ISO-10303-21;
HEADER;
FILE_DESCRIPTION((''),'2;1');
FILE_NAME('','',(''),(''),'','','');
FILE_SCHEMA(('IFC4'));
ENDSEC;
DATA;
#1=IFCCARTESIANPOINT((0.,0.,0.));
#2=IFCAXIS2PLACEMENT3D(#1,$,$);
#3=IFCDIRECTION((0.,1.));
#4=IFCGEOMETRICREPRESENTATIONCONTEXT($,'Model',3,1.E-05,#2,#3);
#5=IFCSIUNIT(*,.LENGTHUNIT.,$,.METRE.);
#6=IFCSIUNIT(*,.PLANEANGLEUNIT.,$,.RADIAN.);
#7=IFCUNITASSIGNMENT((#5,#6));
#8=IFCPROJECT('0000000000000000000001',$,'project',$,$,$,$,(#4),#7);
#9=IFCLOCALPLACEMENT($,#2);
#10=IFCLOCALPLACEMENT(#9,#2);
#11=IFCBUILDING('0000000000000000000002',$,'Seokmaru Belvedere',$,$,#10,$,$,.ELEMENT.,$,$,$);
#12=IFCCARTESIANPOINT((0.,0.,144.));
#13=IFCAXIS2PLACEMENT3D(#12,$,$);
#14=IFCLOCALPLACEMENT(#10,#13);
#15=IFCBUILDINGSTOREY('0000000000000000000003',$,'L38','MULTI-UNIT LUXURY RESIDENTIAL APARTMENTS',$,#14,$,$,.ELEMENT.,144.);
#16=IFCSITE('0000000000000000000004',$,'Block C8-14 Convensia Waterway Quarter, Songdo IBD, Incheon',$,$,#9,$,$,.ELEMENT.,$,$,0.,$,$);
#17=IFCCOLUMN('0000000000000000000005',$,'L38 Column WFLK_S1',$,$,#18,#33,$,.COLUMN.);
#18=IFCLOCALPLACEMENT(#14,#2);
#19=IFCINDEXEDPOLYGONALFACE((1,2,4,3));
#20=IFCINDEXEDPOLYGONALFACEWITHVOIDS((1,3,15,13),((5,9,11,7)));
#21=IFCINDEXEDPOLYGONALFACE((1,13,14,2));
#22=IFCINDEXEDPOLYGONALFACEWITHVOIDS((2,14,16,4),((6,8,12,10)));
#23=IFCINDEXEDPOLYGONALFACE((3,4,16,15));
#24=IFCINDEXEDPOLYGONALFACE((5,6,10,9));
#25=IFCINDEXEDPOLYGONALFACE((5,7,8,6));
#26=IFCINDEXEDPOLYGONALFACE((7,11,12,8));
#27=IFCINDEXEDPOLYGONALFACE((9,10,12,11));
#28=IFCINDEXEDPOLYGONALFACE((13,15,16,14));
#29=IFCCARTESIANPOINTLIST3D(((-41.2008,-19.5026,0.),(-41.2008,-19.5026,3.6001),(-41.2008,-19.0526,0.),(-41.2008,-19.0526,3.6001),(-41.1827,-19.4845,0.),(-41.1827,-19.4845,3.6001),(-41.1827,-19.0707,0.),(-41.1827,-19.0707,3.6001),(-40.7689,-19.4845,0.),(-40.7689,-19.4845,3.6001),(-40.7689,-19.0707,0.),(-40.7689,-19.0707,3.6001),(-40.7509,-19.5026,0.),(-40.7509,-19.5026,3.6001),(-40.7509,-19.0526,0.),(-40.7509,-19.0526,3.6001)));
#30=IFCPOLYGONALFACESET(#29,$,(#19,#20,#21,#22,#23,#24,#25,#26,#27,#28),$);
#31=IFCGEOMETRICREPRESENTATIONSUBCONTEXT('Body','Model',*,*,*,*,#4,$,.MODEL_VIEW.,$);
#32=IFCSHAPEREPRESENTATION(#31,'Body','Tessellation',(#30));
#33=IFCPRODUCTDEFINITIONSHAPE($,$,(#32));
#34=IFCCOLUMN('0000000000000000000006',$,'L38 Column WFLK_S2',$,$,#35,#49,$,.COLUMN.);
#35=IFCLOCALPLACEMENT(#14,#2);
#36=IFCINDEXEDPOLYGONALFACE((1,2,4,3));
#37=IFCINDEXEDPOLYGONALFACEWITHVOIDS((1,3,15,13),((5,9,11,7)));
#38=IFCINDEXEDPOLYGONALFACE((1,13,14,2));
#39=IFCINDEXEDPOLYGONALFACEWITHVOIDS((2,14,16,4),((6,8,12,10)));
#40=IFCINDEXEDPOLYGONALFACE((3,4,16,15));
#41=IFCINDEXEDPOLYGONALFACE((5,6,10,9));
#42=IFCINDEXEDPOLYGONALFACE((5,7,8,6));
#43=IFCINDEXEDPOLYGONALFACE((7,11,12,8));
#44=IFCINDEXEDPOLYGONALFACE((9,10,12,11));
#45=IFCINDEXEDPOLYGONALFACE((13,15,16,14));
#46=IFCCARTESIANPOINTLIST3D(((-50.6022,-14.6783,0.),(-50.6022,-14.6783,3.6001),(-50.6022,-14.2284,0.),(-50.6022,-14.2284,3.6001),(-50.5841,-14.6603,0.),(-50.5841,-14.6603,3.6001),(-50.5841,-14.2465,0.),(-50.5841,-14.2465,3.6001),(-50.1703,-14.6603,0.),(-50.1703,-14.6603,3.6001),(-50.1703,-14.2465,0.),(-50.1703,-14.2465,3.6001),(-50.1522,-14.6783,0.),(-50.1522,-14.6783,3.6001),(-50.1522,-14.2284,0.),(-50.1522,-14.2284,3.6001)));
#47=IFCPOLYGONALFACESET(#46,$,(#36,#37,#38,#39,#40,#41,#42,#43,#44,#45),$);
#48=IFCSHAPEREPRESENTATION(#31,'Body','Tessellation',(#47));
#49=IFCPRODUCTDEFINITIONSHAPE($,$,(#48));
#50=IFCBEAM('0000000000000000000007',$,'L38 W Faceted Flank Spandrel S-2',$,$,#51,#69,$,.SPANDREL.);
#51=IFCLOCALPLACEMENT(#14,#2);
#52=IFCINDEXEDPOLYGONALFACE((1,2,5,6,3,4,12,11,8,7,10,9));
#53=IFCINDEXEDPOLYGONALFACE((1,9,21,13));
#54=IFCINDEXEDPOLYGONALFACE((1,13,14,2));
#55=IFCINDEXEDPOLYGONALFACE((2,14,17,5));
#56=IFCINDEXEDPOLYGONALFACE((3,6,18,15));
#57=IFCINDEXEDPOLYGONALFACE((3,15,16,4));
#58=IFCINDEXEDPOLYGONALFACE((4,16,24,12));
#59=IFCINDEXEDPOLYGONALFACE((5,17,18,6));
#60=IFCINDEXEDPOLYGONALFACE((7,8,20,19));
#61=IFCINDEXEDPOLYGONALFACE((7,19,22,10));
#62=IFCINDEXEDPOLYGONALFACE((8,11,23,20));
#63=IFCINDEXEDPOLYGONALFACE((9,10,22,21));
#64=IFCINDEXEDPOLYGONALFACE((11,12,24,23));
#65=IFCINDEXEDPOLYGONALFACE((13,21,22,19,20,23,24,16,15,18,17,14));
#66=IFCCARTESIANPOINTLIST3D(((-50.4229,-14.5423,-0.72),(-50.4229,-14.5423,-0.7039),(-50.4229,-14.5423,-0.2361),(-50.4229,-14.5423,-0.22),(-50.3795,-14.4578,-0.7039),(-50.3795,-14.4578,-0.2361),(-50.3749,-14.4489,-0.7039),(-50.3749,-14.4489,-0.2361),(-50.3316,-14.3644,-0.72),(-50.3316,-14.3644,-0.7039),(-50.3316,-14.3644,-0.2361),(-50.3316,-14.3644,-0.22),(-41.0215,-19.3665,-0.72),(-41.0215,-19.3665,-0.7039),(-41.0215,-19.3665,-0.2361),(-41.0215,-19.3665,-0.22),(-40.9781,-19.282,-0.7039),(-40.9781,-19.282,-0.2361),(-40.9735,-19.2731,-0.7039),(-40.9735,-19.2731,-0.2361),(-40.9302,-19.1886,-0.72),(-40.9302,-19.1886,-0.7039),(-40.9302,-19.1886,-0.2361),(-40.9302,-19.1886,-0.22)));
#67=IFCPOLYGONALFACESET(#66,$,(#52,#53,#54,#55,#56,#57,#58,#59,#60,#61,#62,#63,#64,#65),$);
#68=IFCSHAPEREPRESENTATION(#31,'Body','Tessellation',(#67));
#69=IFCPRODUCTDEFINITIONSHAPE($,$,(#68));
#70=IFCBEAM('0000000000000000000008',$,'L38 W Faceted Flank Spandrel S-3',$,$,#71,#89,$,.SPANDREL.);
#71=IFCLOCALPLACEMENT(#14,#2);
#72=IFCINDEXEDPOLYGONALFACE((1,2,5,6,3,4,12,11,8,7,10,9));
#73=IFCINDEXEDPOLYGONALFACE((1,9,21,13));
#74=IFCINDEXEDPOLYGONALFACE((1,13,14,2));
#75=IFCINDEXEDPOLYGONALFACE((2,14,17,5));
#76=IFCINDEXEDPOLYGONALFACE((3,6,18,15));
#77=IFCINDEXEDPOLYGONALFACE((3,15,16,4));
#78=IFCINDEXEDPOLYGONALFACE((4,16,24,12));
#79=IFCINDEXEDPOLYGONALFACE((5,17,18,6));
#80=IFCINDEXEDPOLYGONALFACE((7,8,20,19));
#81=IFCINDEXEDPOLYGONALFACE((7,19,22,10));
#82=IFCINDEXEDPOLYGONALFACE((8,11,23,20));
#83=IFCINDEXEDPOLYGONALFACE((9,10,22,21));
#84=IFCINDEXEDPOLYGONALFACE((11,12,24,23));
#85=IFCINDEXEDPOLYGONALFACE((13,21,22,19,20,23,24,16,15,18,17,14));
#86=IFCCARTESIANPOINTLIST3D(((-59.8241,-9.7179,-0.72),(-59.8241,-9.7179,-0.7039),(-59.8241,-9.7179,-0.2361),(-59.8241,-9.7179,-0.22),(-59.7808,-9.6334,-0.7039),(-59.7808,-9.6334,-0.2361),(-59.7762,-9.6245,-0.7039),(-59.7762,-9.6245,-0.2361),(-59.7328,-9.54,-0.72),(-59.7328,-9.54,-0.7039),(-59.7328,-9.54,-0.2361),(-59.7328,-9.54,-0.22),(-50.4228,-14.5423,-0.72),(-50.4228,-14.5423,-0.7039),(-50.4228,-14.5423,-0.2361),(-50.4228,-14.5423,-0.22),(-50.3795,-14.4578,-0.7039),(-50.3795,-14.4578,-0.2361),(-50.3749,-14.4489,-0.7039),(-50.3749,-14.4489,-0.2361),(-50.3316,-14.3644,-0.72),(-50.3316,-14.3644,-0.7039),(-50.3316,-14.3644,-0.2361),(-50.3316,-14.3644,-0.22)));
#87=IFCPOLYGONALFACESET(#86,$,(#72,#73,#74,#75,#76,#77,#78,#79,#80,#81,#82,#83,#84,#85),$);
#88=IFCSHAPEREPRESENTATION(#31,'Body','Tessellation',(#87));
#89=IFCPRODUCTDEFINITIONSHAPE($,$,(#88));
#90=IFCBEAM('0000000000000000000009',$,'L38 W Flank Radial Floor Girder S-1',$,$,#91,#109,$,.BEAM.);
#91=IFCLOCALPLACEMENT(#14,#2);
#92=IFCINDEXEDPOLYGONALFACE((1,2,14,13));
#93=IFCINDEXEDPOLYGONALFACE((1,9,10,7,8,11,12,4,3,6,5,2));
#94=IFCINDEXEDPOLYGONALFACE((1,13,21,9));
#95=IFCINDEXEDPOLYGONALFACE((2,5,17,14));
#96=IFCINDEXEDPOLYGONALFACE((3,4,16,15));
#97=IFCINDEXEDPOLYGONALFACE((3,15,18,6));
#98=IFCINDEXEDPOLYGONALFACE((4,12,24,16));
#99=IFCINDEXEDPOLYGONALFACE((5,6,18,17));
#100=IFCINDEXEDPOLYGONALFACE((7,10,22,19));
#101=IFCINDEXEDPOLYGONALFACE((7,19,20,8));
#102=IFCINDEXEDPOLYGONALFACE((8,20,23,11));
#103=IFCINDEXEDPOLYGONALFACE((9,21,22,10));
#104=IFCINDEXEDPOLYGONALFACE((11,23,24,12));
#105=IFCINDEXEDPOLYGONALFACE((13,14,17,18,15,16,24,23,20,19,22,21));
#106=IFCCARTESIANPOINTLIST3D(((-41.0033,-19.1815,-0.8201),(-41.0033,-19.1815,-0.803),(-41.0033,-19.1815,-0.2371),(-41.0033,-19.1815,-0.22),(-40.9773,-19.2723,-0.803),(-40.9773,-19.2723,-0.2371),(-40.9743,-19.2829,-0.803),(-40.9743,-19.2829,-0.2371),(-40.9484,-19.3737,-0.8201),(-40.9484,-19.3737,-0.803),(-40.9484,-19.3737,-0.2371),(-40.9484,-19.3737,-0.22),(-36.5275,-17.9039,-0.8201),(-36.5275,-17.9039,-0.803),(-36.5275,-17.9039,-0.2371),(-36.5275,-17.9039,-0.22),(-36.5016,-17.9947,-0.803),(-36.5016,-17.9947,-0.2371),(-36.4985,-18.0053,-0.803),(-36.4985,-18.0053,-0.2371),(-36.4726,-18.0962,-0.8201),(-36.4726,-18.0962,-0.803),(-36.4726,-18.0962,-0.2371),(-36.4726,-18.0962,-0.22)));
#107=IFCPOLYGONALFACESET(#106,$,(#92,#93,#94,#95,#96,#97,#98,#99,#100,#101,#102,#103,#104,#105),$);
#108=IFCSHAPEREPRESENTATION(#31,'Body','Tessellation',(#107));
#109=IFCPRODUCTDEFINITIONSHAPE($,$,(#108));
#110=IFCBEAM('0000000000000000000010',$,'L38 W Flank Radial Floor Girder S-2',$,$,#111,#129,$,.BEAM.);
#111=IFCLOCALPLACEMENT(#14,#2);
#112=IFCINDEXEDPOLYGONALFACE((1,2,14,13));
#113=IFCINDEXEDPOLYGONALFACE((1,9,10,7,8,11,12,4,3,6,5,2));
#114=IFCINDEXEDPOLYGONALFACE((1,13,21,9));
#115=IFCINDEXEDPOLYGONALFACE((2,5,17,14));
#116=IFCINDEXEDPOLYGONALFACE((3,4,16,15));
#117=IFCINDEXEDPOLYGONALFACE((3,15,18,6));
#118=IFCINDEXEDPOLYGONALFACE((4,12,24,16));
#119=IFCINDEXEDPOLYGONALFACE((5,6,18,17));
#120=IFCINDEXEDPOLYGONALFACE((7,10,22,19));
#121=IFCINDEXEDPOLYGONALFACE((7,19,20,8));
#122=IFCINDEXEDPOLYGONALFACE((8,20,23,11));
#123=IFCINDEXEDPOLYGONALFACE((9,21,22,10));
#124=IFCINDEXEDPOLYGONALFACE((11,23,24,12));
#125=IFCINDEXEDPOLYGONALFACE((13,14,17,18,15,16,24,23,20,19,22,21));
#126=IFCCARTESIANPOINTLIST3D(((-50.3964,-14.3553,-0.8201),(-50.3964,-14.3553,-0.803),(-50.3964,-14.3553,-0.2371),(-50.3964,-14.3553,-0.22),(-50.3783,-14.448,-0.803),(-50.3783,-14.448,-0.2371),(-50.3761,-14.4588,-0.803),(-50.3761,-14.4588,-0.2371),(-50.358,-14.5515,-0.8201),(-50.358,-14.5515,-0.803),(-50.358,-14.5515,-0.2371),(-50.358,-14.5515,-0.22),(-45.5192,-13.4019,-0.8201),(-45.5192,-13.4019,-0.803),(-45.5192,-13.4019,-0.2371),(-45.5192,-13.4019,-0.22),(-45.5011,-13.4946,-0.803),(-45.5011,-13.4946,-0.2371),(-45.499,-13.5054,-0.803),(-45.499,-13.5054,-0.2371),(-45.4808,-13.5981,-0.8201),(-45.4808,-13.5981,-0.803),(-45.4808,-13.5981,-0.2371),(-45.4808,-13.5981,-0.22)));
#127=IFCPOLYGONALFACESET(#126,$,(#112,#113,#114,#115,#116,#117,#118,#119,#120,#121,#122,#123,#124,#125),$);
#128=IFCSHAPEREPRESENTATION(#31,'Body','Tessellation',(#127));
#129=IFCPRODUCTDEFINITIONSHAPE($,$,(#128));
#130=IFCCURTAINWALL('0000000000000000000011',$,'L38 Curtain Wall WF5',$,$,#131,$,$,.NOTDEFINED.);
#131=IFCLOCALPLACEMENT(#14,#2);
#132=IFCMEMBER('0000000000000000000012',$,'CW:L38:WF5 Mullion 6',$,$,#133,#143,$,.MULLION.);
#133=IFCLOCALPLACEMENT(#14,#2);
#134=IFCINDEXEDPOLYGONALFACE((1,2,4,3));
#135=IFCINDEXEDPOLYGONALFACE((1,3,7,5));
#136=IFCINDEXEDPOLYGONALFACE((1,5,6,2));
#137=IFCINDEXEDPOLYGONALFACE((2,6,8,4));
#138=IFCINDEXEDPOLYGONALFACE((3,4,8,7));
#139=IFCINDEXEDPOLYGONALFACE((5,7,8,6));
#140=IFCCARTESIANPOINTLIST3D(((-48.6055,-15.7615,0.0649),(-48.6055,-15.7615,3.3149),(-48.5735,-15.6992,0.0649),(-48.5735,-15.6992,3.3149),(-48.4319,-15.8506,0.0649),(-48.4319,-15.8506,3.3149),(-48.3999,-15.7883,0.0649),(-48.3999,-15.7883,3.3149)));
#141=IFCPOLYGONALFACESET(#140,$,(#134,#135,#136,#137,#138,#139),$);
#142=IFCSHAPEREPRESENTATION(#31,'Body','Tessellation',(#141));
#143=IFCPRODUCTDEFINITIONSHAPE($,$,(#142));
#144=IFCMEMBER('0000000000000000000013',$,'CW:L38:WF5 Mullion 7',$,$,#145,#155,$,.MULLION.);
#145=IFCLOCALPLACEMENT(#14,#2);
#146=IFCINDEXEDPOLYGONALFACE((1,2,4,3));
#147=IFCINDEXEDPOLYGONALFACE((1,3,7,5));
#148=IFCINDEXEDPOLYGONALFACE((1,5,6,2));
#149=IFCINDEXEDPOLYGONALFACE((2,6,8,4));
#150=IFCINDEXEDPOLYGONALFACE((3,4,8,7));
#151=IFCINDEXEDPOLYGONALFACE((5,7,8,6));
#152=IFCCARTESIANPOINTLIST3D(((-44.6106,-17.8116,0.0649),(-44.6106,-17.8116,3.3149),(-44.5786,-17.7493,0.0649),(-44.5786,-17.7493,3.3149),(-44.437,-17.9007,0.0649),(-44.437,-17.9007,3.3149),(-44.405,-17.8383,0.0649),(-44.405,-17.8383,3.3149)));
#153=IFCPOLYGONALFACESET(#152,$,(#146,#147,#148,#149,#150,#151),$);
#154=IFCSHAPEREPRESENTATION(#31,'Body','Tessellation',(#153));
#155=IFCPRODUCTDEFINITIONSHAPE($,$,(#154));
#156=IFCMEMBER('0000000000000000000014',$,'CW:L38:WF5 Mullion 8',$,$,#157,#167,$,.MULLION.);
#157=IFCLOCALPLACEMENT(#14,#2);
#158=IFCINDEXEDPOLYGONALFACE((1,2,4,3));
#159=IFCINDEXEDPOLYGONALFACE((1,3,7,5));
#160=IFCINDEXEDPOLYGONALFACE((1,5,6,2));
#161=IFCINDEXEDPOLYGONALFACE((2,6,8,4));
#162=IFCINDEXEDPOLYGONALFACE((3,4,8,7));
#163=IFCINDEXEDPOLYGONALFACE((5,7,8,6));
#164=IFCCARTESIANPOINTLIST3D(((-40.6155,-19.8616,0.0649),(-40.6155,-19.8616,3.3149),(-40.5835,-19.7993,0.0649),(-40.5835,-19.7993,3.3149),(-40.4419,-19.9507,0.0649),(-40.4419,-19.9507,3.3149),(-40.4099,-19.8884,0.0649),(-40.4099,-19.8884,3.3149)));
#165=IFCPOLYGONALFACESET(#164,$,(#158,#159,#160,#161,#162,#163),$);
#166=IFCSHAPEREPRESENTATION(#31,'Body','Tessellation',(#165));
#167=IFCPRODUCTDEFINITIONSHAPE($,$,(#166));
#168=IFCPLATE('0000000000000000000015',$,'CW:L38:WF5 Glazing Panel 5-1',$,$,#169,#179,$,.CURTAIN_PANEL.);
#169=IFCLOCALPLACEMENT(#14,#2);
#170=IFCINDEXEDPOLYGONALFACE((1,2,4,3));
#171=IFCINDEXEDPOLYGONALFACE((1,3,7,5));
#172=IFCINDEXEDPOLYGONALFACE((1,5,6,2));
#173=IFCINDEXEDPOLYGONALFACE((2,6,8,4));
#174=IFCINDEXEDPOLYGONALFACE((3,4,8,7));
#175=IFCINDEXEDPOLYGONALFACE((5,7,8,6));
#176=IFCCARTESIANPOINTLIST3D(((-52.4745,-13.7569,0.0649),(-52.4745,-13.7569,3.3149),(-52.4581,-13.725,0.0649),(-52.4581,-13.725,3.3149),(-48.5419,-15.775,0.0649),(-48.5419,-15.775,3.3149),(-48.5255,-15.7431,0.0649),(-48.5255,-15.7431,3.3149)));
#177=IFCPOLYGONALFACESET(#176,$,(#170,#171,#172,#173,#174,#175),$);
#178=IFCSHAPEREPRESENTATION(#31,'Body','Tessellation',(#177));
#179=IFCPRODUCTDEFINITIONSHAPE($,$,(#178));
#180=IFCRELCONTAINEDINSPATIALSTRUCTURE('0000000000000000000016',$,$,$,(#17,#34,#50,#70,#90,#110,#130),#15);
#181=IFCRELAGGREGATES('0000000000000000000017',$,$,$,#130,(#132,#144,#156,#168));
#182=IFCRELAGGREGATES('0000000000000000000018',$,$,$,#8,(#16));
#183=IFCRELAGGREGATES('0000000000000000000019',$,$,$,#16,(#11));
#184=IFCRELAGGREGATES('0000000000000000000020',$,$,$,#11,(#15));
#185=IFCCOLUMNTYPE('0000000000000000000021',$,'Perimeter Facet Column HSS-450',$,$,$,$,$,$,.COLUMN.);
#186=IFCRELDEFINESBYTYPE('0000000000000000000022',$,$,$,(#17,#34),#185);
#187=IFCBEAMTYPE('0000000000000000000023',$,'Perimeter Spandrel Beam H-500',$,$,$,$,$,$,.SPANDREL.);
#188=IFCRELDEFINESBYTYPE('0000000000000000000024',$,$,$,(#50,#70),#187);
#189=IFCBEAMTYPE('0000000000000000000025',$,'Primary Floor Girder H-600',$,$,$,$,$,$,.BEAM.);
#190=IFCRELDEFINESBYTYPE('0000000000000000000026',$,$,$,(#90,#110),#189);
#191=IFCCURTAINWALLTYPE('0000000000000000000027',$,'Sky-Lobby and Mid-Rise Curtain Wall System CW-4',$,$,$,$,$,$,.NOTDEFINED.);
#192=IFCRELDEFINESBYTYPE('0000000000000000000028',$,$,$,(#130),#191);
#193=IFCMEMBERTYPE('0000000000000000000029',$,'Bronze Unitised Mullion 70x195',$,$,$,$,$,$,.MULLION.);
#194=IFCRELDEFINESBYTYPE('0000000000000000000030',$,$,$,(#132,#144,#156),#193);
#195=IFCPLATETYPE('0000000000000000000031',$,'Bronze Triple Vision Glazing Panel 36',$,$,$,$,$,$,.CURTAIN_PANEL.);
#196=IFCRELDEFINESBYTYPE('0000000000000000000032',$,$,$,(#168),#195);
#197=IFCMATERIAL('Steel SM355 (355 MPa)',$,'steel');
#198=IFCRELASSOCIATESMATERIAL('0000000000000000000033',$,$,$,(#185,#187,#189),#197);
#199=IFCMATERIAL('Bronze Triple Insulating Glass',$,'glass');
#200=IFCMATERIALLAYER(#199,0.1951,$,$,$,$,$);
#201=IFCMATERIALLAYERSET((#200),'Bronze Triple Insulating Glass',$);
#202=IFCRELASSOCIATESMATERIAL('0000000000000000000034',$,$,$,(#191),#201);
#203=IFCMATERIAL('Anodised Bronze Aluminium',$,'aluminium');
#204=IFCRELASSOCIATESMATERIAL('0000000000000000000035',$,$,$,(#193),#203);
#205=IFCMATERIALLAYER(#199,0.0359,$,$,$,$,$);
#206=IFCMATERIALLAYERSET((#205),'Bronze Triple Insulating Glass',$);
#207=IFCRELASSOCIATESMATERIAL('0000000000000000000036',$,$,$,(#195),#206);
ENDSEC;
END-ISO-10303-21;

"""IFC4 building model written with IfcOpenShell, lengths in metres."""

from ifc_helpers import new_model, si_unit, direction, frame, origin, origin_2d, place, context, subcontext, project, spatial, rectangle, hollow_rectangle, i_section, extrude, source, transform, mapped, material, layer, layer_set, material_profile, profile_set, type_object, type_shapes, element, aggregate, save


model = new_model("IFC4")

# Units and contexts
model_context = context("Model", 3, precision=1e-05, world=origin(), true_north=direction((0.0, 1.0)))
body_context = subcontext(model_context, "Body", "Model", "MODEL_VIEW")
ifc_project = project(units=[si_unit("LENGTHUNIT", "METRE"), si_unit("PLANEANGLEUNIT", "RADIAN")], contexts=[model_context])

# Site, building, storey
site_placement = place(None, origin())
site = spatial("IfcSite", under=ifc_project, at=site_placement, Name="Block C8-14 Convensia Waterway Quarter, Songdo IBD, Incheon", CompositionType="ELEMENT", RefElevation=0.0)
building_placement = place(site_placement, origin())
building = spatial("IfcBuilding", under=site, at=building_placement, Name="Seokmaru Belvedere", CompositionType="ELEMENT")
storey_placement = place(building_placement, frame((0.0, 0.0, 144.0)))
storey = spatial("IfcBuildingStorey", under=building, at=storey_placement, Name="L38", Description="MULTI-UNIT LUXURY RESIDENTIAL APARTMENTS", CompositionType="ELEMENT", Elevation=144.0)

# Columns
ifc_material_1 = material(Name="Steel SM355 (355 MPa)", Category="steel")
ifc_material_profile_1 = material_profile(ifc_material_1, hollow_rectangle(XDim=0.45, YDim=0.45, WallThickness=0.0181, at=origin_2d()), Name="HSS-450x450x18")
ifc_profile_set_1 = profile_set([ifc_material_profile_1], Name="Steel SM355 (355 MPa)")
column_type = type_object("IfcColumnType", Name="Perimeter Facet Column HSS-450", PredefinedType="COLUMN", material=ifc_profile_set_1)
shared_shape_1 = source(origin(), body_context, "Body", "SweptSolid", [
    extrude(hollow_rectangle(XDim=0.45, YDim=0.45, WallThickness=0.0181, at=origin_2d()), origin(), (0.0, 0.0, 1.0), 3.6001),
])
type_shapes(column_type, [shared_shape_1])
for number, where, z_axis, x_axis, name in (
    (1, (-40.9758, -19.2776, 0.0), (0.0, 0.0, 1.0), (1.0, 0.0, 0.0), "L38 Column WFLK_S1"),
    (2, (-50.3772, -14.4534, 0.0), (0.0, 0.0, 1.0), (1.0, 0.0, 0.0), "L38 Column WFLK_S2"),
):
    element("IfcColumn", number, at=place(storey_placement, frame(where, z_axis=z_axis, x_axis=x_axis)), inside=storey, type_object=column_type, Name=name, PredefinedType="COLUMN", context=body_context, shape_type="MappedRepresentation", body=[
        mapped(shared_shape_1, transform((0.0, 0.0, 0.0), scale=1.0)),
    ])

# Beams
ifc_material_profile_2 = material_profile(ifc_material_1, i_section(OverallWidth=0.2, OverallDepth=0.5, WebThickness=0.01, FlangeThickness=0.0161, at=origin_2d()), Name="H-500x200x10x16")
ifc_profile_set_2 = profile_set([ifc_material_profile_2], Name="Steel SM355 (355 MPa)")
beam_type_1 = type_object("IfcBeamType", Name="Perimeter Spandrel Beam H-500", PredefinedType="SPANDREL", material=ifc_profile_set_2)
shared_shape_2 = source(origin(), body_context, "Body", "SweptSolid", [
    extrude(i_section(OverallWidth=0.2, OverallDepth=0.5, WebThickness=0.01, FlangeThickness=0.0161, at=origin_2d()), origin(), (0.0, 0.0, 1.0), 10.5669),
])
type_shapes(beam_type_1, [shared_shape_2])
for number, where, z_axis, x_axis, name in (
    (3, (-40.9758, -19.2776, -0.47), (-0.889702, 0.456542, 0.0), (-0.456542, -0.889702, 0.0), "L38 W Faceted Flank Spandrel S-2"),
    (4, (-50.3772, -14.4534, -0.47), (-0.889693, 0.45656, 0.0), (-0.45656, -0.889693, 0.0), "L38 W Faceted Flank Spandrel S-3"),
):
    element("IfcBeam", number, at=place(storey_placement, frame(where, z_axis=z_axis, x_axis=x_axis)), inside=storey, type_object=beam_type_1, Name=name, PredefinedType="SPANDREL", context=body_context, shape_type="MappedRepresentation", body=[
        mapped(shared_shape_2, transform((0.0, 0.0, 0.0), scale=1.0)),
    ])
ifc_material_profile_3 = material_profile(ifc_material_1, i_section(OverallWidth=0.2, OverallDepth=0.6001, WebThickness=0.011, FlangeThickness=0.0171, at=origin_2d()), Name="H-600x200x11x17")
ifc_profile_set_3 = profile_set([ifc_material_profile_3], Name="Steel SM355 (355 MPa)")
beam_type_2 = type_object("IfcBeamType", Name="Primary Floor Girder H-600", PredefinedType="BEAM", material=ifc_profile_set_3)
shared_shape_3 = source(origin(), body_context, "Body", "SweptSolid", [
    extrude(i_section(OverallWidth=0.2, OverallDepth=0.6001, WebThickness=0.011, FlangeThickness=0.0171, at=origin_2d()), origin(), (0.0, 0.0, 1.0), 4.6545),
])
beam_1_placement = place(storey_placement, frame((-40.9758, -19.2776, -0.52), z_axis=(0.961593, 0.274479, 0.0), x_axis=(-0.274479, 0.961593, 0.0)))
element("IfcBeam", 5, at=beam_1_placement, inside=storey, type_object=beam_type_2, Name="L38 W Flank Radial Floor Girder S-1", PredefinedType="BEAM", context=body_context, shape_type="MappedRepresentation", body=[
    mapped(shared_shape_3, transform((0.0, 0.0, 0.0), scale=1.0)),
])
shared_shape_4 = source(origin(), body_context, "Body", "SweptSolid", [
    extrude(i_section(OverallWidth=0.2, OverallDepth=0.6001, WebThickness=0.011, FlangeThickness=0.0171, at=origin_2d()), origin(), (0.0, 0.0, 1.0), 4.9695),
])
type_shapes(beam_type_2, [shared_shape_3, shared_shape_4])
beam_2_placement = place(storey_placement, frame((-50.3772, -14.4534, -0.52), z_axis=(0.981425, 0.191844, 0.0), x_axis=(-0.191844, 0.981425, 0.0)))
element("IfcBeam", 6, at=beam_2_placement, inside=storey, type_object=beam_type_2, Name="L38 W Flank Radial Floor Girder S-2", PredefinedType="BEAM", context=body_context, shape_type="MappedRepresentation", body=[
    mapped(shared_shape_4, transform((0.0, 0.0, 0.0), scale=1.0)),
])

# Curtain wall, members, plate
ifc_material_2 = material(Name="Bronze Triple Insulating Glass", Category="glass")
ifc_layer_1 = layer(ifc_material_2, 0.1951)
ifc_layer_set_1 = layer_set([ifc_layer_1], Name="Bronze Triple Insulating Glass")
curtain_wall_type = type_object("IfcCurtainWallType", Name="Sky-Lobby and Mid-Rise Curtain Wall System CW-4", PredefinedType="NOTDEFINED", material=ifc_layer_set_1)
curtain_wall_placement = place(storey_placement, origin())
curtain_wall = element("IfcCurtainWall", 7, at=curtain_wall_placement, inside=storey, type_object=curtain_wall_type, Name="L38 Curtain Wall WF5", PredefinedType="NOTDEFINED")
ifc_material_3 = material(Name="Anodised Bronze Aluminium", Category="aluminium")
ifc_material_profile_4 = material_profile(ifc_material_3, rectangle(XDim=0.0701, YDim=0.1951, at=origin_2d()), Name="CW-M-70x195")
ifc_profile_set_4 = profile_set([ifc_material_profile_4], Name="Anodised Bronze Aluminium")
member_type = type_object("IfcMemberType", Name="Bronze Unitised Mullion 70x195", PredefinedType="MULLION", material=ifc_profile_set_4)
shared_shape_5 = source(origin(), body_context, "Body", "SweptSolid", [
    extrude(rectangle(XDim=0.0701, YDim=0.1951, at=origin_2d()), origin(), (0.0, 0.0, 1.0), 3.25),
])
type_shapes(member_type, [shared_shape_5])
member_1_placement = place(storey_placement, frame((-48.5027, -15.7749, 0.0649), z_axis=(0.0, 0.0, 1.0), x_axis=(0.456555, 0.889695, 0.0)))
member_1 = element("IfcMember", 8, at=member_1_placement, type_object=member_type, Name="CW:L38:WF5 Mullion 6", PredefinedType="MULLION", context=body_context, shape_type="MappedRepresentation", body=[
    mapped(shared_shape_5, transform((0.0, 0.0, 0.0), scale=1.0)),
])
member_2_placement = place(storey_placement, frame((-44.5078, -17.825, 0.0649), z_axis=(0.0, 0.0, 1.0), x_axis=(0.456555, 0.889695, 0.0)))
member_2 = element("IfcMember", 9, at=member_2_placement, type_object=member_type, Name="CW:L38:WF5 Mullion 7", PredefinedType="MULLION", context=body_context, shape_type="MappedRepresentation", body=[
    mapped(shared_shape_5, transform((0.0, 0.0, 0.0), scale=1.0)),
])
member_3_placement = place(storey_placement, frame((-40.5127, -19.875, 0.0649), z_axis=(0.0, 0.0, 1.0), x_axis=(0.456555, 0.889695, 0.0)))
member_3 = element("IfcMember", 10, at=member_3_placement, type_object=member_type, Name="CW:L38:WF5 Mullion 8", PredefinedType="MULLION", context=body_context, shape_type="MappedRepresentation", body=[
    mapped(shared_shape_5, transform((0.0, 0.0, 0.0), scale=1.0)),
])
ifc_layer_2 = layer(ifc_material_2, 0.0359)
ifc_layer_set_2 = layer_set([ifc_layer_2], Name="Bronze Triple Insulating Glass")
plate_type = type_object("IfcPlateType", Name="Bronze Triple Vision Glazing Panel 36", PredefinedType="CURTAIN_PANEL", material=ifc_layer_set_2)
shared_shape_6 = source(origin(), body_context, "Body", "SweptSolid", [
    extrude(rectangle(XDim=4.4202, YDim=0.0359, at=origin_2d()), origin(), (0.0, 0.0, 1.0), 3.25),
])
type_shapes(plate_type, [shared_shape_6])
plate_1_placement = place(storey_placement, frame((-50.5, -14.75, 0.0649), z_axis=(0.0, 0.0, 1.0), x_axis=(0.889695, -0.456555, 0.0)))
plate_1 = element("IfcPlate", 11, at=plate_1_placement, type_object=plate_type, Name="CW:L38:WF5 Glazing Panel 5-1", PredefinedType="CURTAIN_PANEL", context=body_context, shape_type="MappedRepresentation", body=[
    mapped(shared_shape_6, transform((0.0, 0.0, 0.0), scale=1.0)),
])
aggregate(curtain_wall, [member_1, member_2, member_3, plate_1])

save(model, "model.ifc")
